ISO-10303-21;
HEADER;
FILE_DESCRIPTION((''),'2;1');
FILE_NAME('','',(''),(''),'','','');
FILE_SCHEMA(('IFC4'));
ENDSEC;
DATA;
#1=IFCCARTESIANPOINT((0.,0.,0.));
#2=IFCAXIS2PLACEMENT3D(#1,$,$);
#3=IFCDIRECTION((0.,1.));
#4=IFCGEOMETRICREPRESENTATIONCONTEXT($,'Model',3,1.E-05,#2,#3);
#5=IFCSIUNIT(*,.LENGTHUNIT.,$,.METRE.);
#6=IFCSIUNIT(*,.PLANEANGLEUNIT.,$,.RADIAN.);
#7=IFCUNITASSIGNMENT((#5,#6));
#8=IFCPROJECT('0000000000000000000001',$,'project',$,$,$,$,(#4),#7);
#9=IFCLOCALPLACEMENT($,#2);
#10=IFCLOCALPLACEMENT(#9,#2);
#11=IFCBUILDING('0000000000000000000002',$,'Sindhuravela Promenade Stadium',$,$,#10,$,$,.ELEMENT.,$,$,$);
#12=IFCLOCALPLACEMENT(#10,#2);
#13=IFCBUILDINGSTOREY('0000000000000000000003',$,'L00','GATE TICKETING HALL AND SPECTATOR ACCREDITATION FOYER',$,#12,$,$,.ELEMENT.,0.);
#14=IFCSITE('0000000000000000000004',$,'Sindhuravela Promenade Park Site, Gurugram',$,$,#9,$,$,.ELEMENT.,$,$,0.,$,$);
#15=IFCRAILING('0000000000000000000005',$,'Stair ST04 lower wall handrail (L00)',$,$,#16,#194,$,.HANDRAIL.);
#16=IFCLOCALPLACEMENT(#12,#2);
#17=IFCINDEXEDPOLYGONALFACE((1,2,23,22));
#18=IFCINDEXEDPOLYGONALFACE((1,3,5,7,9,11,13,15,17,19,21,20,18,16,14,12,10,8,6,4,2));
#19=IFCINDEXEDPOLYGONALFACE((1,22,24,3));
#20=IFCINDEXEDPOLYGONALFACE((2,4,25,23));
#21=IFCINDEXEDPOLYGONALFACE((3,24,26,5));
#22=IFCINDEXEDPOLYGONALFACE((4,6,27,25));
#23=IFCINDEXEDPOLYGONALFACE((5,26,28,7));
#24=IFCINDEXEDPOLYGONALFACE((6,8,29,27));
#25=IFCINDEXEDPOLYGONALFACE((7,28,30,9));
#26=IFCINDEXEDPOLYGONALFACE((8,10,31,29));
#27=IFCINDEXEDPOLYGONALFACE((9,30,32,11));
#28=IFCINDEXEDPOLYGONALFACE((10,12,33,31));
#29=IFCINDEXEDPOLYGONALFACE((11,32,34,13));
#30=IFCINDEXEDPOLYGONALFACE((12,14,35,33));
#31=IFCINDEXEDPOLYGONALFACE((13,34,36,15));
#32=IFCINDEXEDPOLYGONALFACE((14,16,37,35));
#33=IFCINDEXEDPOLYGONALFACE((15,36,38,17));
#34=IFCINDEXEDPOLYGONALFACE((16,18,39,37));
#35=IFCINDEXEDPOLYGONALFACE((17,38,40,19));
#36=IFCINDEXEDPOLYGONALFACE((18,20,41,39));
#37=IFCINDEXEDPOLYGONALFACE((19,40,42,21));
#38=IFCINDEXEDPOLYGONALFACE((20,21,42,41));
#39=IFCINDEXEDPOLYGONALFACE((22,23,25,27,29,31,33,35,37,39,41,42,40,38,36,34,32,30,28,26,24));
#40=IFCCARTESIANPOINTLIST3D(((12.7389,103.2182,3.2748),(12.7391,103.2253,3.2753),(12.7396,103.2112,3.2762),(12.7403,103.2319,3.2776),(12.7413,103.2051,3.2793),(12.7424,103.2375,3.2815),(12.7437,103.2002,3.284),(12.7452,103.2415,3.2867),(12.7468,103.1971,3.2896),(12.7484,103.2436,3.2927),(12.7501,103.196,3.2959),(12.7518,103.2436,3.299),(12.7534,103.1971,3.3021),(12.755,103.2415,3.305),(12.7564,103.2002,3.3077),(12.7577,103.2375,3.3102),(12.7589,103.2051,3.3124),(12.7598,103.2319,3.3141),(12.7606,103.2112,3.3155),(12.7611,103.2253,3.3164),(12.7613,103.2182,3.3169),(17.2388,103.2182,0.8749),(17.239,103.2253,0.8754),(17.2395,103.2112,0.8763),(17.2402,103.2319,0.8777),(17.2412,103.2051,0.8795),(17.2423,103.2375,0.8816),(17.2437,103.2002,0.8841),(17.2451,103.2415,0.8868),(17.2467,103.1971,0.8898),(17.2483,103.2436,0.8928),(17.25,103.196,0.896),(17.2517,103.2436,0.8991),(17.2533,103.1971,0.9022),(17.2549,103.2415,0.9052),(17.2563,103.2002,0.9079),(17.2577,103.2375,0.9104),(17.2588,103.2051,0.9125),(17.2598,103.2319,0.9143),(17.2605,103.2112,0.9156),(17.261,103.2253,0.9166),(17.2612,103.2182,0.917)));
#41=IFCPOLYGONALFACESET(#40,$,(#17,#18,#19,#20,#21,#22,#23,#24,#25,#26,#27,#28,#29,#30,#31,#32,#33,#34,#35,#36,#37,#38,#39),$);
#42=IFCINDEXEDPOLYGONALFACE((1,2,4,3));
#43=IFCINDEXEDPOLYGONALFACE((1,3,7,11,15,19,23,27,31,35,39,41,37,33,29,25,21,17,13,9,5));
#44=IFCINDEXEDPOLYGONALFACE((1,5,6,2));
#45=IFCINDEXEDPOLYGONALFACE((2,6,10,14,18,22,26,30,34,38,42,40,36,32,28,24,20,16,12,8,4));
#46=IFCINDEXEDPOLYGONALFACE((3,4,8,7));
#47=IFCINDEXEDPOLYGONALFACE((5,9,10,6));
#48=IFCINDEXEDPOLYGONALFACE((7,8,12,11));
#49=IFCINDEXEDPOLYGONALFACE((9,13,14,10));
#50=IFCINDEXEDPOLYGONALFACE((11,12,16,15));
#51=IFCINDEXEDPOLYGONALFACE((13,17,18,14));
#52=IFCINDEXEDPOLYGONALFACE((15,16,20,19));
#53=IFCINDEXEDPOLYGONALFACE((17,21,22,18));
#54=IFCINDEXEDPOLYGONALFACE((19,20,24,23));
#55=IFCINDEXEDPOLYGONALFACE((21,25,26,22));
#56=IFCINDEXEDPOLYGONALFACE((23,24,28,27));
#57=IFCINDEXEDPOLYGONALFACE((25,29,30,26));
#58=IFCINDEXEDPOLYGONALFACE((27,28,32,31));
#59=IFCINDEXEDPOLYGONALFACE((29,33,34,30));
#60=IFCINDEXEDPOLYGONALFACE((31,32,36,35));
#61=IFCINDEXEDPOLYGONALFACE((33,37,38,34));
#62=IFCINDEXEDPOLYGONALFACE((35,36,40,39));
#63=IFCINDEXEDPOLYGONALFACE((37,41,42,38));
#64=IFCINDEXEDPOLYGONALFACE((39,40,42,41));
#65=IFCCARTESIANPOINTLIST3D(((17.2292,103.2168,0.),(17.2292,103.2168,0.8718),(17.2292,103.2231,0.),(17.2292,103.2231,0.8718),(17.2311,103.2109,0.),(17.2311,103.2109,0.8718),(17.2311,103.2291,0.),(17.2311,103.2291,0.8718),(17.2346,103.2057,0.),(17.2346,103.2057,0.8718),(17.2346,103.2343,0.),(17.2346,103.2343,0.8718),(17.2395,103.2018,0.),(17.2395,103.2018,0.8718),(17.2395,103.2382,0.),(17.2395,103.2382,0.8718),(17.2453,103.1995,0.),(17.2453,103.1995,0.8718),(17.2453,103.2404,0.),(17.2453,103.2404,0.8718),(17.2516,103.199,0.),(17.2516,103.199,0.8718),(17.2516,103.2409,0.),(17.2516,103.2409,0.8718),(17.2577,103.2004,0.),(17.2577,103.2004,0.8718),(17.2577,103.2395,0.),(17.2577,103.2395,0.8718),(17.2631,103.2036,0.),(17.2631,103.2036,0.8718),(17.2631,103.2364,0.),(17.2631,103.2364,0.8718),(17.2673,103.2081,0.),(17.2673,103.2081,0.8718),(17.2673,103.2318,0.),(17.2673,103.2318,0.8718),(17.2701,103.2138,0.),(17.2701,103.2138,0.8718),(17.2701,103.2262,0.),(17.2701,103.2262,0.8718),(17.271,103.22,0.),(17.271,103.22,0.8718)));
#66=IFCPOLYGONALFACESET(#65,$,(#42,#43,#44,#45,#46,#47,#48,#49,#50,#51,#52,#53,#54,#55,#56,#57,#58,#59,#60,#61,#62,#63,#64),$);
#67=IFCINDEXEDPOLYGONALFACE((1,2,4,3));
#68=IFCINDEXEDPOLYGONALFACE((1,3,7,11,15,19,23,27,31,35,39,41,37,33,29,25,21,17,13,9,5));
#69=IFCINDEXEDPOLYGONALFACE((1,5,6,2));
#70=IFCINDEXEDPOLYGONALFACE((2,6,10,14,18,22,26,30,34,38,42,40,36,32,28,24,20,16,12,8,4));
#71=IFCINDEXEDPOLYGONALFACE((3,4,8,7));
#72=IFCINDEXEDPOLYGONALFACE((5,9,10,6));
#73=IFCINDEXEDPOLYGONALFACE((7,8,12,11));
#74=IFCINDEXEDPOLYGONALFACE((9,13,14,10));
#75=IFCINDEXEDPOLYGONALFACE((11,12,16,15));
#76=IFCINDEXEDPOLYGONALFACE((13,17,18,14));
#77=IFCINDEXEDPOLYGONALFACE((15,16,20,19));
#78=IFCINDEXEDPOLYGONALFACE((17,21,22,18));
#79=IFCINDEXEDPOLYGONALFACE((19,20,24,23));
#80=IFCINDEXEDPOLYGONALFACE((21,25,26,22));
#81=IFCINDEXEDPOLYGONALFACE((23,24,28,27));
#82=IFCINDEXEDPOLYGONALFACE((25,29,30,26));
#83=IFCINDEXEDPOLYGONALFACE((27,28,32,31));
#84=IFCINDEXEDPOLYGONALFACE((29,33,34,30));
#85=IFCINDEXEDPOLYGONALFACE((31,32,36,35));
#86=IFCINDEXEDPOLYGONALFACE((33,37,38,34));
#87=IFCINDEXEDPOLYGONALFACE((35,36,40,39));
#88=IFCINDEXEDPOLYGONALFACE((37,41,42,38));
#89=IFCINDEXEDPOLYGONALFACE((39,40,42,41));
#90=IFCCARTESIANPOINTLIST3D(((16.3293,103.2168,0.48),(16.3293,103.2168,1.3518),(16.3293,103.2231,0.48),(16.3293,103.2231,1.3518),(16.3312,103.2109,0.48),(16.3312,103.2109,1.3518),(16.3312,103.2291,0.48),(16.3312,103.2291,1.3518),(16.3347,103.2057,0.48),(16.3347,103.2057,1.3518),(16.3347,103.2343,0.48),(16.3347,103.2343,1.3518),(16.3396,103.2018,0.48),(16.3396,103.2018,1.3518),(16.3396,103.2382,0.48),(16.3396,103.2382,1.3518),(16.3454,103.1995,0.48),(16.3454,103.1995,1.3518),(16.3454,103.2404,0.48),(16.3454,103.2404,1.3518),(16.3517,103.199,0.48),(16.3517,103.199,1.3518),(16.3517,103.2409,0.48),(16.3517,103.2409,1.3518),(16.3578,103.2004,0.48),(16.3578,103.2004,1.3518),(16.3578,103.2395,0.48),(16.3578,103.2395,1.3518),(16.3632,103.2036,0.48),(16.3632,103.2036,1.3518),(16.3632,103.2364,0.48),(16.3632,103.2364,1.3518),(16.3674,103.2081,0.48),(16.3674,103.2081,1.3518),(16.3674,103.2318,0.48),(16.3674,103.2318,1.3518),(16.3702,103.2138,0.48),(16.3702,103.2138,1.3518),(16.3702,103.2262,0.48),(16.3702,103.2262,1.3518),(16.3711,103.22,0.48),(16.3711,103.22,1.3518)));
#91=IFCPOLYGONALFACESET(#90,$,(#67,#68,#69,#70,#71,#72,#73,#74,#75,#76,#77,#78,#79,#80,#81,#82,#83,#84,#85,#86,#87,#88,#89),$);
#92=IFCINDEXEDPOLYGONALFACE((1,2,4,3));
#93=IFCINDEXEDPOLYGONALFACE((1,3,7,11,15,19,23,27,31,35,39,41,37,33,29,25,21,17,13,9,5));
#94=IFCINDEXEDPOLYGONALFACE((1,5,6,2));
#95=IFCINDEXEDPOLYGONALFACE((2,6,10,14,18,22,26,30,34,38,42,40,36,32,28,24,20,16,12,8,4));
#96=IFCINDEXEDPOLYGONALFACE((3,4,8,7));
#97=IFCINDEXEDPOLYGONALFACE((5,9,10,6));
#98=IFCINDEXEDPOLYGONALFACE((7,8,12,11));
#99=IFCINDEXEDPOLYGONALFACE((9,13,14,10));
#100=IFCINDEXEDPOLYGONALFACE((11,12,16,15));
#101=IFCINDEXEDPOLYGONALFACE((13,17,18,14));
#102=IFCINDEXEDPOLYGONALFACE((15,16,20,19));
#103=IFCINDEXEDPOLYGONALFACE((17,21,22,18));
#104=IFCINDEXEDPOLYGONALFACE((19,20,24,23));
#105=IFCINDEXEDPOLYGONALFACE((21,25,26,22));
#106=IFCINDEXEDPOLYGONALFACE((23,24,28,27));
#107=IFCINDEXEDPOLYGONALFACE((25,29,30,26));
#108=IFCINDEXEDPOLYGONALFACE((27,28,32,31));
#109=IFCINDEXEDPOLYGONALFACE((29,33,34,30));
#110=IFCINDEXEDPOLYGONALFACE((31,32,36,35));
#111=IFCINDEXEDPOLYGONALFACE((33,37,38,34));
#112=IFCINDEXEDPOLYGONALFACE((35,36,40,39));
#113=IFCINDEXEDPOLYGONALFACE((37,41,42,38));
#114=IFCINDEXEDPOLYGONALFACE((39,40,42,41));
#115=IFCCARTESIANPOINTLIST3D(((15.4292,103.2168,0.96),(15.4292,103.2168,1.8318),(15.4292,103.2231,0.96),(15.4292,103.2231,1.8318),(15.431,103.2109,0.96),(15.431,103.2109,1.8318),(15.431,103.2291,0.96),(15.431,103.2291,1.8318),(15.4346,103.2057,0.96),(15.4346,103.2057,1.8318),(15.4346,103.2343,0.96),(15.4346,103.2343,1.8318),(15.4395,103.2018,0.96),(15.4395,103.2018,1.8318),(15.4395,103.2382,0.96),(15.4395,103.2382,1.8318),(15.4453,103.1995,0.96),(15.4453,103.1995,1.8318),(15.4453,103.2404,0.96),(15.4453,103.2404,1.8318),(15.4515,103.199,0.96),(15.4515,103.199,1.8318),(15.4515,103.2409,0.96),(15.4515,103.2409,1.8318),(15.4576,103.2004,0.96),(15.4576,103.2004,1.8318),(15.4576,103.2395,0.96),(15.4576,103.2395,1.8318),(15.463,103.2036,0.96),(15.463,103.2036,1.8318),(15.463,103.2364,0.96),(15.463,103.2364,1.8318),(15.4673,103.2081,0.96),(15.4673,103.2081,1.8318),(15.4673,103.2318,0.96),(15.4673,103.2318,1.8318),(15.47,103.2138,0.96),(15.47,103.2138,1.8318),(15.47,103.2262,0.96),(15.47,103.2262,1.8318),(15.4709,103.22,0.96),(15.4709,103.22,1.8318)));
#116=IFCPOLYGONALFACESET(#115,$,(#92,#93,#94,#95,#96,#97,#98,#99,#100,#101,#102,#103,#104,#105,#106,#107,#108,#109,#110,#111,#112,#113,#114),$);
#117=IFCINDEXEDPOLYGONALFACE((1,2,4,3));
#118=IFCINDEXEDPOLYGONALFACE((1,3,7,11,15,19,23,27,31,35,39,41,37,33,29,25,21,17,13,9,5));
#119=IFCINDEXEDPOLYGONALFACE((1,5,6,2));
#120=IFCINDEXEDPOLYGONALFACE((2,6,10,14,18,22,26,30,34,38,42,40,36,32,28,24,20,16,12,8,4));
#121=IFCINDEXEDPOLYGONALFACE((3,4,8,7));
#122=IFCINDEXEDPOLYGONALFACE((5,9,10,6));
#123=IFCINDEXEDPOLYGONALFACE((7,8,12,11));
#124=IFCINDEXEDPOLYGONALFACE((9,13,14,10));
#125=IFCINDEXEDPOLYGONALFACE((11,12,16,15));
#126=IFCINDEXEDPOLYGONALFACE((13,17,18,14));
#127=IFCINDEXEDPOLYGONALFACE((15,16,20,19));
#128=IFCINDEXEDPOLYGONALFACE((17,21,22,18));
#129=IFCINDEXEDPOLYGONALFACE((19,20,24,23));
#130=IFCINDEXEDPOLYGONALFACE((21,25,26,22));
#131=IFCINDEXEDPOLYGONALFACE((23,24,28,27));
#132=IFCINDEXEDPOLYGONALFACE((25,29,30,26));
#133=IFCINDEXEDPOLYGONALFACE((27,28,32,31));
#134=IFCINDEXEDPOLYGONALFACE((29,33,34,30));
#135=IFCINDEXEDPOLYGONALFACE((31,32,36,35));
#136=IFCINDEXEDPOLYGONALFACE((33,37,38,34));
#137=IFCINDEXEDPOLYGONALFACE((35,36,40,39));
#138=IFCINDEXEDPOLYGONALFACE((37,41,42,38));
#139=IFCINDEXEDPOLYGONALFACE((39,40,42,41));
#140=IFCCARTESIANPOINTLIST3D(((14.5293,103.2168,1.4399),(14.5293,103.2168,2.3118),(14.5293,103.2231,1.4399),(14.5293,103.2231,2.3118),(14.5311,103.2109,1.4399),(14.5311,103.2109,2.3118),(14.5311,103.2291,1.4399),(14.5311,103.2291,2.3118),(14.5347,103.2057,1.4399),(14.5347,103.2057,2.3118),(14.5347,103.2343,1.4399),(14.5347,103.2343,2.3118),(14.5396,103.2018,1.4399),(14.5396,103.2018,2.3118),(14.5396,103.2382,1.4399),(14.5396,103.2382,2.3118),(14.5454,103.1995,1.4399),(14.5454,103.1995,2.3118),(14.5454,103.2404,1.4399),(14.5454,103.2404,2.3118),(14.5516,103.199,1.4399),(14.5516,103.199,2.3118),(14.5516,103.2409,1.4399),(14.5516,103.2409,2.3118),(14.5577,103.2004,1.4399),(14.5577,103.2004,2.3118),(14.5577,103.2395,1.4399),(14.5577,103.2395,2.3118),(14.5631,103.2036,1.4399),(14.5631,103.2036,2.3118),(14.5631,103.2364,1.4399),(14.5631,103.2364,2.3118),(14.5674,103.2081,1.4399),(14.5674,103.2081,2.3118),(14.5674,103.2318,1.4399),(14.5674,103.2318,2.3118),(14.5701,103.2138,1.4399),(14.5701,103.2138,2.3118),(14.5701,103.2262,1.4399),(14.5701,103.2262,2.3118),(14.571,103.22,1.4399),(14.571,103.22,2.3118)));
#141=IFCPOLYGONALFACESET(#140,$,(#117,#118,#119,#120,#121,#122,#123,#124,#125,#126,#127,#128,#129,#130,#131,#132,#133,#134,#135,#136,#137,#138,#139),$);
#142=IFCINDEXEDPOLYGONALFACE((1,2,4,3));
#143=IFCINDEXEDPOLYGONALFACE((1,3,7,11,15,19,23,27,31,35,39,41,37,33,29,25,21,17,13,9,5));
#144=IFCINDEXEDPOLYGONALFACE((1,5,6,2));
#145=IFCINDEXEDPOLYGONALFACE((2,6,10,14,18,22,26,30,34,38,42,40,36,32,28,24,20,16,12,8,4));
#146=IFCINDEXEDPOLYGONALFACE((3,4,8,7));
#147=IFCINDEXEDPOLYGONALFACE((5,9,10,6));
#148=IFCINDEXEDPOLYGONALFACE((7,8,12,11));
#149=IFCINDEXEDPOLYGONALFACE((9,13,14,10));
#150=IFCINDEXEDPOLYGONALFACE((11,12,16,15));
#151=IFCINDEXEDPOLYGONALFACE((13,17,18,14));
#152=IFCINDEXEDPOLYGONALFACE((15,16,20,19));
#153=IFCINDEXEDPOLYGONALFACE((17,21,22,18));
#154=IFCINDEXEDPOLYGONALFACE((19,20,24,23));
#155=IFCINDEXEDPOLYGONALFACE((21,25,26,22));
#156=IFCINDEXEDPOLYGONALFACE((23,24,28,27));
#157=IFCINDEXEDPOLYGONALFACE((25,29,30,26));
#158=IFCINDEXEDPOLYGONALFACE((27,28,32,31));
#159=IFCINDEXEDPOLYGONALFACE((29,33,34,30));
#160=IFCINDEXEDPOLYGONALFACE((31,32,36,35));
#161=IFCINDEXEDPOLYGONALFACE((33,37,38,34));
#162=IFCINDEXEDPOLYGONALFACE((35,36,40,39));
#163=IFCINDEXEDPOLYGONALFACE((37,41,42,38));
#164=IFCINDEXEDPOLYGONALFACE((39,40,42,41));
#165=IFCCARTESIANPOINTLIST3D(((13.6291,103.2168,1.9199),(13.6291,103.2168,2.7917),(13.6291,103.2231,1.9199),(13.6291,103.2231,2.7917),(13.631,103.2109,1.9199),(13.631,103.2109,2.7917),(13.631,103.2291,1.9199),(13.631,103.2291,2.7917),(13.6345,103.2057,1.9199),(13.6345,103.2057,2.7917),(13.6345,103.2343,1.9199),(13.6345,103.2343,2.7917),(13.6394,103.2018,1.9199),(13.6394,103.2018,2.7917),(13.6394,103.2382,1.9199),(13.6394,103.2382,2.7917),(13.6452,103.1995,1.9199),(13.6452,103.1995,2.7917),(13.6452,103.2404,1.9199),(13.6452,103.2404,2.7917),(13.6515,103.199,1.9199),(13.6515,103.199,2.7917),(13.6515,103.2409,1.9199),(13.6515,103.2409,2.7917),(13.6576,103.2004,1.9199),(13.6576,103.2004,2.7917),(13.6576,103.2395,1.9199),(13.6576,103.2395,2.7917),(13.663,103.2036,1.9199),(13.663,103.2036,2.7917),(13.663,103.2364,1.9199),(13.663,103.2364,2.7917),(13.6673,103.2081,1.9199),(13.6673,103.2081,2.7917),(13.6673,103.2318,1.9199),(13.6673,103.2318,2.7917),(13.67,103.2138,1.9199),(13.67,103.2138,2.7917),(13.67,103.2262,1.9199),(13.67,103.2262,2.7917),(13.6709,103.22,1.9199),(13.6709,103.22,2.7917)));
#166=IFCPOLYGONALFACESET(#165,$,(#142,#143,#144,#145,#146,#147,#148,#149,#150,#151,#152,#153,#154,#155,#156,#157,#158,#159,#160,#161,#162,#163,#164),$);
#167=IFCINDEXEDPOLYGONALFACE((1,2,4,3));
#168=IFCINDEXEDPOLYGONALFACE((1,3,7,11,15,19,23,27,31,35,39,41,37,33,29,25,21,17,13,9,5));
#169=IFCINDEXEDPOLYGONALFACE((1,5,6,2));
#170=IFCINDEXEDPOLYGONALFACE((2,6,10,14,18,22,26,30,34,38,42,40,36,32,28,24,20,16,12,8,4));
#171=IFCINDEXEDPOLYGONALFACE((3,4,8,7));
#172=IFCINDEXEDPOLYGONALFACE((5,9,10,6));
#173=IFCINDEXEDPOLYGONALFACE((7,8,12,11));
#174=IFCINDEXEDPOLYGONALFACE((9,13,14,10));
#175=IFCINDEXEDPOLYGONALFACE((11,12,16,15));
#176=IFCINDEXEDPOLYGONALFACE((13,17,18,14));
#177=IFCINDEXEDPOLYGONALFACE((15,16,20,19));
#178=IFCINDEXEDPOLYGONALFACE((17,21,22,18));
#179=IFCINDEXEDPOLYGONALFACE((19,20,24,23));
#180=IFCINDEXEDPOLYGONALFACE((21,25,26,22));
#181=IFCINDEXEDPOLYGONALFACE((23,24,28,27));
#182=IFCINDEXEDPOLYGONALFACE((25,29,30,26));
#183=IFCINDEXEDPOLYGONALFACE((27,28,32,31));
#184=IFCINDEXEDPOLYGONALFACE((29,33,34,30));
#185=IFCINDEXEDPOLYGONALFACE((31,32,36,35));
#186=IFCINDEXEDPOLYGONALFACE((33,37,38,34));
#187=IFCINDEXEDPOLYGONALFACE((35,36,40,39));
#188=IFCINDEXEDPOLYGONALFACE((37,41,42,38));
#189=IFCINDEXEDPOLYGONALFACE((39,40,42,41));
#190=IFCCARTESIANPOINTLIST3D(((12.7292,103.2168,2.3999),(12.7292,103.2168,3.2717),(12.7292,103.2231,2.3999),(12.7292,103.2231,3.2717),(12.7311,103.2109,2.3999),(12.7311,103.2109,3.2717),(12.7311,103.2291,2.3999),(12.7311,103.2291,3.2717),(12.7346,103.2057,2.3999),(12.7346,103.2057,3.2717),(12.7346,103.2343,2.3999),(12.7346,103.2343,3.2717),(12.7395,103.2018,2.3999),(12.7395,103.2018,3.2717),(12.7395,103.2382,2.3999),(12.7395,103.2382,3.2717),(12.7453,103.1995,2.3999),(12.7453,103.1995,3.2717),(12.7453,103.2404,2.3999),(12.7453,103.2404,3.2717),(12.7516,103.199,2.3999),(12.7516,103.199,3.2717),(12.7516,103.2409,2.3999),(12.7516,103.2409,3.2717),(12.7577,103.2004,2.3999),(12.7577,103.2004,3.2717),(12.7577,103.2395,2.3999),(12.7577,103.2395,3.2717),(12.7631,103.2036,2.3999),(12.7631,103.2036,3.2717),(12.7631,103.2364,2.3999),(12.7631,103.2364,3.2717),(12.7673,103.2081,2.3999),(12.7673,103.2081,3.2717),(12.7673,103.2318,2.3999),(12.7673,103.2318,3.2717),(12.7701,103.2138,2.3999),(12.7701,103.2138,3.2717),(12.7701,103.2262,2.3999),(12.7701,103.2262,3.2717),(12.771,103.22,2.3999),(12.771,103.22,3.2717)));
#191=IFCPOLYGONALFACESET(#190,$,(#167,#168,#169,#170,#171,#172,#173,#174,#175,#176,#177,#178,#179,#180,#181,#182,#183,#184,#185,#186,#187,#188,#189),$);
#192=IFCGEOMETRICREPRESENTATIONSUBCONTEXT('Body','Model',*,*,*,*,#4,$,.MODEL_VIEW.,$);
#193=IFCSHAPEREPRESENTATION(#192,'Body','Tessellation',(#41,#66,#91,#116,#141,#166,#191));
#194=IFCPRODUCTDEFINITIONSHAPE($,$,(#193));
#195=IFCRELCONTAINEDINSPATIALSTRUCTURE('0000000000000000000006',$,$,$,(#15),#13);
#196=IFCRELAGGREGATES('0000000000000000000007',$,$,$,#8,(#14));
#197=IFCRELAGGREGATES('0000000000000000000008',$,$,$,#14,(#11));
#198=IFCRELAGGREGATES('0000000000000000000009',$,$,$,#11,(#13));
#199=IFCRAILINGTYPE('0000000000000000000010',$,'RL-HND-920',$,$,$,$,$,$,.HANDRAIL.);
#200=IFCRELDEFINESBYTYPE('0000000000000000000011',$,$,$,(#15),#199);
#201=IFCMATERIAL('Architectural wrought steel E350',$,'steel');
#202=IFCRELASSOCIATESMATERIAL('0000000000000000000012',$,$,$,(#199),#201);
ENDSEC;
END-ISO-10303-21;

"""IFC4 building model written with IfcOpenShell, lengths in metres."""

from ifc_helpers import new_model, si_unit, direction, frame, origin, origin_2d, place, context, subcontext, project, spatial, circle, extrude, material, type_object, element, save


model = new_model("IFC4")

# Units and contexts
model_context = context("Model", 3, precision=1e-05, world=origin(), true_north=direction((0.0, 1.0)))
body_context = subcontext(model_context, "Body", "Model", "MODEL_VIEW")
ifc_project = project(units=[si_unit("LENGTHUNIT", "METRE"), si_unit("PLANEANGLEUNIT", "RADIAN")], contexts=[model_context])

# Site, building, storey
site_placement = place(None, origin())
site = spatial("IfcSite", under=ifc_project, at=site_placement, Name="Sindhuravela Promenade Park Site, Gurugram", CompositionType="ELEMENT", RefElevation=0.0)
building_placement = place(site_placement, origin())
building = spatial("IfcBuilding", under=site, at=building_placement, Name="Sindhuravela Promenade Stadium", CompositionType="ELEMENT")
storey_placement = place(building_placement, origin())
storey = spatial("IfcBuildingStorey", under=building, at=storey_placement, Name="L00", Description="GATE TICKETING HALL AND SPECTATOR ACCREDITATION FOYER", CompositionType="ELEMENT", Elevation=0.0)

# Shared definitions
ifc_material_1 = material(Name="Architectural wrought steel E350", Category="steel")

# Railing
railing_type_1 = type_object("IfcRailingType", Name="RL-HND-920", PredefinedType="HANDRAIL", material=ifc_material_1)
railing_1_placement = place(storey_placement, frame((17.25, 103.22, 0.0)))
element("IfcRailing", 1, at=railing_1_placement, inside=storey, type_object=railing_type_1, Name="Stair ST04 lower wall handrail (L00)", PredefinedType="HANDRAIL", context=body_context, shape_type="SweptSolid", body=[
    extrude(circle(Radius=0.0239, at=origin_2d()), frame((0.0, 0.0, 0.896), z_axis=(-0.882361, 0.0, 0.470573), x_axis=(0.0, -1.0, 0.0)), (0.0, 0.0, 1.0), 5.0999),
    extrude(circle(Radius=0.021, at=origin_2d()), origin(), (0.0, 0.0, 1.0), 0.8718),
    extrude(circle(Radius=0.021, at=origin_2d()), frame((-0.8999, 0.0, 0.48)), (0.0, 0.0, 1.0), 0.8718),
    extrude(circle(Radius=0.021, at=origin_2d()), frame((-1.8, 0.0, 0.96)), (0.0, 0.0, 1.0), 0.8718),
    extrude(circle(Radius=0.021, at=origin_2d()), frame((-2.7, 0.0, 1.4399)), (0.0, 0.0, 1.0), 0.8718),
    extrude(circle(Radius=0.021, at=origin_2d()), frame((-3.6001, 0.0, 1.9199)), (0.0, 0.0, 1.0), 0.8718),
    extrude(circle(Radius=0.021, at=origin_2d()), frame((-4.5, 0.0, 2.3999)), (0.0, 0.0, 1.0), 0.8718),
])

save(model, "model.ifc")
